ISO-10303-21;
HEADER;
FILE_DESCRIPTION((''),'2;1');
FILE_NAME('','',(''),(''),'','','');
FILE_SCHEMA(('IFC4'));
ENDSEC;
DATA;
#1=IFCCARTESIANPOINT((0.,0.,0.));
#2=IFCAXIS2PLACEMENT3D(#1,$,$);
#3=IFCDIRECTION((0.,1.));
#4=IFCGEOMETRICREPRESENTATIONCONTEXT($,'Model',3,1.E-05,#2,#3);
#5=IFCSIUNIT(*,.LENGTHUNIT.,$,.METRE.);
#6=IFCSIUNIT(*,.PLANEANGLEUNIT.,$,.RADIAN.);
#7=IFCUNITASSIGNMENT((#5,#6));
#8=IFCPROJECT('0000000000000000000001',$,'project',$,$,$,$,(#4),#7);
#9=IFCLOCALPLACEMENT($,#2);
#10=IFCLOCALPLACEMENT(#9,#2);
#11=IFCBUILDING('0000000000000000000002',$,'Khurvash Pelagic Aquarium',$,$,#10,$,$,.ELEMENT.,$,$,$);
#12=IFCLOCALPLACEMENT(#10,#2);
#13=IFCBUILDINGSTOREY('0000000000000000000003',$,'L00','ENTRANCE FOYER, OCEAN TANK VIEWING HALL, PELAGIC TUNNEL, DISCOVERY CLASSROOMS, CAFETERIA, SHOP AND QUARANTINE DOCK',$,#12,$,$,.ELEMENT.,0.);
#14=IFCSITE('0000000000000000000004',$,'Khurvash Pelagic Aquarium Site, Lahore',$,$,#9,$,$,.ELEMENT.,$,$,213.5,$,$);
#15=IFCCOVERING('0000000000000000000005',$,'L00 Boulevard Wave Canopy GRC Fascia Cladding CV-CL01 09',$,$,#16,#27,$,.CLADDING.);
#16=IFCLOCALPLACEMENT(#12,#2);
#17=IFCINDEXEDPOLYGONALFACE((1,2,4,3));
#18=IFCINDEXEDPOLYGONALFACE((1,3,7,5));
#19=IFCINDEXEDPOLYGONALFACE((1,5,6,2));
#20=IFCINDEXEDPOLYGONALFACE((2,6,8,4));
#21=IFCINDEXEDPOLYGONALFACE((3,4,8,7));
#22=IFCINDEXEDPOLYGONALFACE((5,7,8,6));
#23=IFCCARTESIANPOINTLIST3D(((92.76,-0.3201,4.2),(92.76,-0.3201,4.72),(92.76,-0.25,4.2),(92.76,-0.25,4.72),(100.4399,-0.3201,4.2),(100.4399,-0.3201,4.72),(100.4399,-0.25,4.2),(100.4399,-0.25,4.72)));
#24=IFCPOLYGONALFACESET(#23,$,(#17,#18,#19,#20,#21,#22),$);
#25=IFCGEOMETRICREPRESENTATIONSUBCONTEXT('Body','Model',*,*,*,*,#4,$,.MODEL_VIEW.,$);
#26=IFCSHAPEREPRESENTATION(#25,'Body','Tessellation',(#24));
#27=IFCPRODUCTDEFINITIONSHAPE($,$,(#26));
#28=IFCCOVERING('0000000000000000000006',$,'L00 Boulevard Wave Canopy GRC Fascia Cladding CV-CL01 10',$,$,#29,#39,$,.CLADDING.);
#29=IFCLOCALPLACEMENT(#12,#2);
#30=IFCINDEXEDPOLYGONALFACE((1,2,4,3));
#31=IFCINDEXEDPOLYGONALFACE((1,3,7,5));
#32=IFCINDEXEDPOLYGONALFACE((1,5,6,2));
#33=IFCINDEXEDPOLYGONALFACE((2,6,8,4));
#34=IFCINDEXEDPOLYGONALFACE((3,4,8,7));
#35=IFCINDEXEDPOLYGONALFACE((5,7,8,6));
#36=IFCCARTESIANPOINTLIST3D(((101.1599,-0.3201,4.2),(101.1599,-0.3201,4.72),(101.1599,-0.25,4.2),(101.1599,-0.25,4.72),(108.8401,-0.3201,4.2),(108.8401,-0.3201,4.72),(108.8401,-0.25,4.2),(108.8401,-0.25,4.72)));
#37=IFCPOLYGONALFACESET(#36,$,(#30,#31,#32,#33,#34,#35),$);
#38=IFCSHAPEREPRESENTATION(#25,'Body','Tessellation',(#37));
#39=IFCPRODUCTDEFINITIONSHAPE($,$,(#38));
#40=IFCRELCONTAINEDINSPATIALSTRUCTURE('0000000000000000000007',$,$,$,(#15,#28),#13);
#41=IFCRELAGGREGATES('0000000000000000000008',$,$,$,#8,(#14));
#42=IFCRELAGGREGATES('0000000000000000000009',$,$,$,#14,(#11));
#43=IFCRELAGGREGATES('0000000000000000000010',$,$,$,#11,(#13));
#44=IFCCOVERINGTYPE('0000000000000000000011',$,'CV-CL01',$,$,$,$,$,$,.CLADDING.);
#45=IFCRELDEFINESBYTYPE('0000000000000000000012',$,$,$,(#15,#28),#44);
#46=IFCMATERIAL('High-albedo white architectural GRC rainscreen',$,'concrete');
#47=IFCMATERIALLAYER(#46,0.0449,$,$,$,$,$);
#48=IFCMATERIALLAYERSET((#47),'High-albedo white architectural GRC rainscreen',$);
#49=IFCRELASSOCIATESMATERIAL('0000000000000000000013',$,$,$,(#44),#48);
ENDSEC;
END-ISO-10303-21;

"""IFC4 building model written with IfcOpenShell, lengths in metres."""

from ifc_helpers import new_model, si_unit, direction, frame, origin, place, context, subcontext, project, spatial, polyline, outline, extrude, material, layer, layer_set, type_object, element, save


model = new_model("IFC4")

# Units and contexts
model_context = context("Model", 3, precision=1e-05, world=origin(), true_north=direction((0.0, 1.0)))
body_context = subcontext(model_context, "Body", "Model", "MODEL_VIEW")
ifc_project = project(units=[si_unit("LENGTHUNIT", "METRE"), si_unit("PLANEANGLEUNIT", "RADIAN")], contexts=[model_context])

# Site, building, storey
site_placement = place(None, origin())
site = spatial("IfcSite", under=ifc_project, at=site_placement, Name="Khurvash Pelagic Aquarium Site, Lahore", CompositionType="ELEMENT", RefElevation=213.5)
building_placement = place(site_placement, origin())
building = spatial("IfcBuilding", under=site, at=building_placement, Name="Khurvash Pelagic Aquarium", CompositionType="ELEMENT")
storey_placement = place(building_placement, origin())
storey = spatial("IfcBuildingStorey", under=building, at=storey_placement, Name="L00", Description="ENTRANCE FOYER, OCEAN TANK VIEWING HALL, PELAGIC TUNNEL, DISCOVERY CLASSROOMS, CAFETERIA, SHOP AND QUARANTINE DOCK", CompositionType="ELEMENT", Elevation=0.0)

# Coverings
ifc_material_1 = material(Name="High-albedo white architectural GRC rainscreen", Category="concrete")
ifc_layer_1 = layer(ifc_material_1, 0.0449)
ifc_layer_set_1 = layer_set([ifc_layer_1], Name="High-albedo white architectural GRC rainscreen")
covering_type = type_object("IfcCoveringType", Name="CV-CL01", PredefinedType="CLADDING", material=ifc_layer_set_1)
covering_1_placement = place(storey_placement, frame((0.0, 0.0, 4.2)))
element("IfcCovering", 1, at=covering_1_placement, inside=storey, type_object=covering_type, Name="L00 Boulevard Wave Canopy GRC Fascia Cladding CV-CL01 09", PredefinedType="CLADDING", context=body_context, shape_type="SweptSolid", body=[
    extrude(outline(polyline([(92.76, -0.3201), (100.4399, -0.3201), (100.4399, -0.25), (92.76, -0.25), (92.76, -0.3201)])), origin(), (0.0, 0.0, 1.0), 0.52),
])
covering_2_placement = place(storey_placement, frame((0.0, 0.0, 4.2)))
element("IfcCovering", 2, at=covering_2_placement, inside=storey, type_object=covering_type, Name="L00 Boulevard Wave Canopy GRC Fascia Cladding CV-CL01 10", PredefinedType="CLADDING", context=body_context, shape_type="SweptSolid", body=[
    extrude(outline(polyline([(101.1599, -0.3201), (108.8401, -0.3201), (108.8401, -0.25), (101.1599, -0.25), (101.1599, -0.3201)])), origin(), (0.0, 0.0, 1.0), 0.52),
])

save(model, "model.ifc")
